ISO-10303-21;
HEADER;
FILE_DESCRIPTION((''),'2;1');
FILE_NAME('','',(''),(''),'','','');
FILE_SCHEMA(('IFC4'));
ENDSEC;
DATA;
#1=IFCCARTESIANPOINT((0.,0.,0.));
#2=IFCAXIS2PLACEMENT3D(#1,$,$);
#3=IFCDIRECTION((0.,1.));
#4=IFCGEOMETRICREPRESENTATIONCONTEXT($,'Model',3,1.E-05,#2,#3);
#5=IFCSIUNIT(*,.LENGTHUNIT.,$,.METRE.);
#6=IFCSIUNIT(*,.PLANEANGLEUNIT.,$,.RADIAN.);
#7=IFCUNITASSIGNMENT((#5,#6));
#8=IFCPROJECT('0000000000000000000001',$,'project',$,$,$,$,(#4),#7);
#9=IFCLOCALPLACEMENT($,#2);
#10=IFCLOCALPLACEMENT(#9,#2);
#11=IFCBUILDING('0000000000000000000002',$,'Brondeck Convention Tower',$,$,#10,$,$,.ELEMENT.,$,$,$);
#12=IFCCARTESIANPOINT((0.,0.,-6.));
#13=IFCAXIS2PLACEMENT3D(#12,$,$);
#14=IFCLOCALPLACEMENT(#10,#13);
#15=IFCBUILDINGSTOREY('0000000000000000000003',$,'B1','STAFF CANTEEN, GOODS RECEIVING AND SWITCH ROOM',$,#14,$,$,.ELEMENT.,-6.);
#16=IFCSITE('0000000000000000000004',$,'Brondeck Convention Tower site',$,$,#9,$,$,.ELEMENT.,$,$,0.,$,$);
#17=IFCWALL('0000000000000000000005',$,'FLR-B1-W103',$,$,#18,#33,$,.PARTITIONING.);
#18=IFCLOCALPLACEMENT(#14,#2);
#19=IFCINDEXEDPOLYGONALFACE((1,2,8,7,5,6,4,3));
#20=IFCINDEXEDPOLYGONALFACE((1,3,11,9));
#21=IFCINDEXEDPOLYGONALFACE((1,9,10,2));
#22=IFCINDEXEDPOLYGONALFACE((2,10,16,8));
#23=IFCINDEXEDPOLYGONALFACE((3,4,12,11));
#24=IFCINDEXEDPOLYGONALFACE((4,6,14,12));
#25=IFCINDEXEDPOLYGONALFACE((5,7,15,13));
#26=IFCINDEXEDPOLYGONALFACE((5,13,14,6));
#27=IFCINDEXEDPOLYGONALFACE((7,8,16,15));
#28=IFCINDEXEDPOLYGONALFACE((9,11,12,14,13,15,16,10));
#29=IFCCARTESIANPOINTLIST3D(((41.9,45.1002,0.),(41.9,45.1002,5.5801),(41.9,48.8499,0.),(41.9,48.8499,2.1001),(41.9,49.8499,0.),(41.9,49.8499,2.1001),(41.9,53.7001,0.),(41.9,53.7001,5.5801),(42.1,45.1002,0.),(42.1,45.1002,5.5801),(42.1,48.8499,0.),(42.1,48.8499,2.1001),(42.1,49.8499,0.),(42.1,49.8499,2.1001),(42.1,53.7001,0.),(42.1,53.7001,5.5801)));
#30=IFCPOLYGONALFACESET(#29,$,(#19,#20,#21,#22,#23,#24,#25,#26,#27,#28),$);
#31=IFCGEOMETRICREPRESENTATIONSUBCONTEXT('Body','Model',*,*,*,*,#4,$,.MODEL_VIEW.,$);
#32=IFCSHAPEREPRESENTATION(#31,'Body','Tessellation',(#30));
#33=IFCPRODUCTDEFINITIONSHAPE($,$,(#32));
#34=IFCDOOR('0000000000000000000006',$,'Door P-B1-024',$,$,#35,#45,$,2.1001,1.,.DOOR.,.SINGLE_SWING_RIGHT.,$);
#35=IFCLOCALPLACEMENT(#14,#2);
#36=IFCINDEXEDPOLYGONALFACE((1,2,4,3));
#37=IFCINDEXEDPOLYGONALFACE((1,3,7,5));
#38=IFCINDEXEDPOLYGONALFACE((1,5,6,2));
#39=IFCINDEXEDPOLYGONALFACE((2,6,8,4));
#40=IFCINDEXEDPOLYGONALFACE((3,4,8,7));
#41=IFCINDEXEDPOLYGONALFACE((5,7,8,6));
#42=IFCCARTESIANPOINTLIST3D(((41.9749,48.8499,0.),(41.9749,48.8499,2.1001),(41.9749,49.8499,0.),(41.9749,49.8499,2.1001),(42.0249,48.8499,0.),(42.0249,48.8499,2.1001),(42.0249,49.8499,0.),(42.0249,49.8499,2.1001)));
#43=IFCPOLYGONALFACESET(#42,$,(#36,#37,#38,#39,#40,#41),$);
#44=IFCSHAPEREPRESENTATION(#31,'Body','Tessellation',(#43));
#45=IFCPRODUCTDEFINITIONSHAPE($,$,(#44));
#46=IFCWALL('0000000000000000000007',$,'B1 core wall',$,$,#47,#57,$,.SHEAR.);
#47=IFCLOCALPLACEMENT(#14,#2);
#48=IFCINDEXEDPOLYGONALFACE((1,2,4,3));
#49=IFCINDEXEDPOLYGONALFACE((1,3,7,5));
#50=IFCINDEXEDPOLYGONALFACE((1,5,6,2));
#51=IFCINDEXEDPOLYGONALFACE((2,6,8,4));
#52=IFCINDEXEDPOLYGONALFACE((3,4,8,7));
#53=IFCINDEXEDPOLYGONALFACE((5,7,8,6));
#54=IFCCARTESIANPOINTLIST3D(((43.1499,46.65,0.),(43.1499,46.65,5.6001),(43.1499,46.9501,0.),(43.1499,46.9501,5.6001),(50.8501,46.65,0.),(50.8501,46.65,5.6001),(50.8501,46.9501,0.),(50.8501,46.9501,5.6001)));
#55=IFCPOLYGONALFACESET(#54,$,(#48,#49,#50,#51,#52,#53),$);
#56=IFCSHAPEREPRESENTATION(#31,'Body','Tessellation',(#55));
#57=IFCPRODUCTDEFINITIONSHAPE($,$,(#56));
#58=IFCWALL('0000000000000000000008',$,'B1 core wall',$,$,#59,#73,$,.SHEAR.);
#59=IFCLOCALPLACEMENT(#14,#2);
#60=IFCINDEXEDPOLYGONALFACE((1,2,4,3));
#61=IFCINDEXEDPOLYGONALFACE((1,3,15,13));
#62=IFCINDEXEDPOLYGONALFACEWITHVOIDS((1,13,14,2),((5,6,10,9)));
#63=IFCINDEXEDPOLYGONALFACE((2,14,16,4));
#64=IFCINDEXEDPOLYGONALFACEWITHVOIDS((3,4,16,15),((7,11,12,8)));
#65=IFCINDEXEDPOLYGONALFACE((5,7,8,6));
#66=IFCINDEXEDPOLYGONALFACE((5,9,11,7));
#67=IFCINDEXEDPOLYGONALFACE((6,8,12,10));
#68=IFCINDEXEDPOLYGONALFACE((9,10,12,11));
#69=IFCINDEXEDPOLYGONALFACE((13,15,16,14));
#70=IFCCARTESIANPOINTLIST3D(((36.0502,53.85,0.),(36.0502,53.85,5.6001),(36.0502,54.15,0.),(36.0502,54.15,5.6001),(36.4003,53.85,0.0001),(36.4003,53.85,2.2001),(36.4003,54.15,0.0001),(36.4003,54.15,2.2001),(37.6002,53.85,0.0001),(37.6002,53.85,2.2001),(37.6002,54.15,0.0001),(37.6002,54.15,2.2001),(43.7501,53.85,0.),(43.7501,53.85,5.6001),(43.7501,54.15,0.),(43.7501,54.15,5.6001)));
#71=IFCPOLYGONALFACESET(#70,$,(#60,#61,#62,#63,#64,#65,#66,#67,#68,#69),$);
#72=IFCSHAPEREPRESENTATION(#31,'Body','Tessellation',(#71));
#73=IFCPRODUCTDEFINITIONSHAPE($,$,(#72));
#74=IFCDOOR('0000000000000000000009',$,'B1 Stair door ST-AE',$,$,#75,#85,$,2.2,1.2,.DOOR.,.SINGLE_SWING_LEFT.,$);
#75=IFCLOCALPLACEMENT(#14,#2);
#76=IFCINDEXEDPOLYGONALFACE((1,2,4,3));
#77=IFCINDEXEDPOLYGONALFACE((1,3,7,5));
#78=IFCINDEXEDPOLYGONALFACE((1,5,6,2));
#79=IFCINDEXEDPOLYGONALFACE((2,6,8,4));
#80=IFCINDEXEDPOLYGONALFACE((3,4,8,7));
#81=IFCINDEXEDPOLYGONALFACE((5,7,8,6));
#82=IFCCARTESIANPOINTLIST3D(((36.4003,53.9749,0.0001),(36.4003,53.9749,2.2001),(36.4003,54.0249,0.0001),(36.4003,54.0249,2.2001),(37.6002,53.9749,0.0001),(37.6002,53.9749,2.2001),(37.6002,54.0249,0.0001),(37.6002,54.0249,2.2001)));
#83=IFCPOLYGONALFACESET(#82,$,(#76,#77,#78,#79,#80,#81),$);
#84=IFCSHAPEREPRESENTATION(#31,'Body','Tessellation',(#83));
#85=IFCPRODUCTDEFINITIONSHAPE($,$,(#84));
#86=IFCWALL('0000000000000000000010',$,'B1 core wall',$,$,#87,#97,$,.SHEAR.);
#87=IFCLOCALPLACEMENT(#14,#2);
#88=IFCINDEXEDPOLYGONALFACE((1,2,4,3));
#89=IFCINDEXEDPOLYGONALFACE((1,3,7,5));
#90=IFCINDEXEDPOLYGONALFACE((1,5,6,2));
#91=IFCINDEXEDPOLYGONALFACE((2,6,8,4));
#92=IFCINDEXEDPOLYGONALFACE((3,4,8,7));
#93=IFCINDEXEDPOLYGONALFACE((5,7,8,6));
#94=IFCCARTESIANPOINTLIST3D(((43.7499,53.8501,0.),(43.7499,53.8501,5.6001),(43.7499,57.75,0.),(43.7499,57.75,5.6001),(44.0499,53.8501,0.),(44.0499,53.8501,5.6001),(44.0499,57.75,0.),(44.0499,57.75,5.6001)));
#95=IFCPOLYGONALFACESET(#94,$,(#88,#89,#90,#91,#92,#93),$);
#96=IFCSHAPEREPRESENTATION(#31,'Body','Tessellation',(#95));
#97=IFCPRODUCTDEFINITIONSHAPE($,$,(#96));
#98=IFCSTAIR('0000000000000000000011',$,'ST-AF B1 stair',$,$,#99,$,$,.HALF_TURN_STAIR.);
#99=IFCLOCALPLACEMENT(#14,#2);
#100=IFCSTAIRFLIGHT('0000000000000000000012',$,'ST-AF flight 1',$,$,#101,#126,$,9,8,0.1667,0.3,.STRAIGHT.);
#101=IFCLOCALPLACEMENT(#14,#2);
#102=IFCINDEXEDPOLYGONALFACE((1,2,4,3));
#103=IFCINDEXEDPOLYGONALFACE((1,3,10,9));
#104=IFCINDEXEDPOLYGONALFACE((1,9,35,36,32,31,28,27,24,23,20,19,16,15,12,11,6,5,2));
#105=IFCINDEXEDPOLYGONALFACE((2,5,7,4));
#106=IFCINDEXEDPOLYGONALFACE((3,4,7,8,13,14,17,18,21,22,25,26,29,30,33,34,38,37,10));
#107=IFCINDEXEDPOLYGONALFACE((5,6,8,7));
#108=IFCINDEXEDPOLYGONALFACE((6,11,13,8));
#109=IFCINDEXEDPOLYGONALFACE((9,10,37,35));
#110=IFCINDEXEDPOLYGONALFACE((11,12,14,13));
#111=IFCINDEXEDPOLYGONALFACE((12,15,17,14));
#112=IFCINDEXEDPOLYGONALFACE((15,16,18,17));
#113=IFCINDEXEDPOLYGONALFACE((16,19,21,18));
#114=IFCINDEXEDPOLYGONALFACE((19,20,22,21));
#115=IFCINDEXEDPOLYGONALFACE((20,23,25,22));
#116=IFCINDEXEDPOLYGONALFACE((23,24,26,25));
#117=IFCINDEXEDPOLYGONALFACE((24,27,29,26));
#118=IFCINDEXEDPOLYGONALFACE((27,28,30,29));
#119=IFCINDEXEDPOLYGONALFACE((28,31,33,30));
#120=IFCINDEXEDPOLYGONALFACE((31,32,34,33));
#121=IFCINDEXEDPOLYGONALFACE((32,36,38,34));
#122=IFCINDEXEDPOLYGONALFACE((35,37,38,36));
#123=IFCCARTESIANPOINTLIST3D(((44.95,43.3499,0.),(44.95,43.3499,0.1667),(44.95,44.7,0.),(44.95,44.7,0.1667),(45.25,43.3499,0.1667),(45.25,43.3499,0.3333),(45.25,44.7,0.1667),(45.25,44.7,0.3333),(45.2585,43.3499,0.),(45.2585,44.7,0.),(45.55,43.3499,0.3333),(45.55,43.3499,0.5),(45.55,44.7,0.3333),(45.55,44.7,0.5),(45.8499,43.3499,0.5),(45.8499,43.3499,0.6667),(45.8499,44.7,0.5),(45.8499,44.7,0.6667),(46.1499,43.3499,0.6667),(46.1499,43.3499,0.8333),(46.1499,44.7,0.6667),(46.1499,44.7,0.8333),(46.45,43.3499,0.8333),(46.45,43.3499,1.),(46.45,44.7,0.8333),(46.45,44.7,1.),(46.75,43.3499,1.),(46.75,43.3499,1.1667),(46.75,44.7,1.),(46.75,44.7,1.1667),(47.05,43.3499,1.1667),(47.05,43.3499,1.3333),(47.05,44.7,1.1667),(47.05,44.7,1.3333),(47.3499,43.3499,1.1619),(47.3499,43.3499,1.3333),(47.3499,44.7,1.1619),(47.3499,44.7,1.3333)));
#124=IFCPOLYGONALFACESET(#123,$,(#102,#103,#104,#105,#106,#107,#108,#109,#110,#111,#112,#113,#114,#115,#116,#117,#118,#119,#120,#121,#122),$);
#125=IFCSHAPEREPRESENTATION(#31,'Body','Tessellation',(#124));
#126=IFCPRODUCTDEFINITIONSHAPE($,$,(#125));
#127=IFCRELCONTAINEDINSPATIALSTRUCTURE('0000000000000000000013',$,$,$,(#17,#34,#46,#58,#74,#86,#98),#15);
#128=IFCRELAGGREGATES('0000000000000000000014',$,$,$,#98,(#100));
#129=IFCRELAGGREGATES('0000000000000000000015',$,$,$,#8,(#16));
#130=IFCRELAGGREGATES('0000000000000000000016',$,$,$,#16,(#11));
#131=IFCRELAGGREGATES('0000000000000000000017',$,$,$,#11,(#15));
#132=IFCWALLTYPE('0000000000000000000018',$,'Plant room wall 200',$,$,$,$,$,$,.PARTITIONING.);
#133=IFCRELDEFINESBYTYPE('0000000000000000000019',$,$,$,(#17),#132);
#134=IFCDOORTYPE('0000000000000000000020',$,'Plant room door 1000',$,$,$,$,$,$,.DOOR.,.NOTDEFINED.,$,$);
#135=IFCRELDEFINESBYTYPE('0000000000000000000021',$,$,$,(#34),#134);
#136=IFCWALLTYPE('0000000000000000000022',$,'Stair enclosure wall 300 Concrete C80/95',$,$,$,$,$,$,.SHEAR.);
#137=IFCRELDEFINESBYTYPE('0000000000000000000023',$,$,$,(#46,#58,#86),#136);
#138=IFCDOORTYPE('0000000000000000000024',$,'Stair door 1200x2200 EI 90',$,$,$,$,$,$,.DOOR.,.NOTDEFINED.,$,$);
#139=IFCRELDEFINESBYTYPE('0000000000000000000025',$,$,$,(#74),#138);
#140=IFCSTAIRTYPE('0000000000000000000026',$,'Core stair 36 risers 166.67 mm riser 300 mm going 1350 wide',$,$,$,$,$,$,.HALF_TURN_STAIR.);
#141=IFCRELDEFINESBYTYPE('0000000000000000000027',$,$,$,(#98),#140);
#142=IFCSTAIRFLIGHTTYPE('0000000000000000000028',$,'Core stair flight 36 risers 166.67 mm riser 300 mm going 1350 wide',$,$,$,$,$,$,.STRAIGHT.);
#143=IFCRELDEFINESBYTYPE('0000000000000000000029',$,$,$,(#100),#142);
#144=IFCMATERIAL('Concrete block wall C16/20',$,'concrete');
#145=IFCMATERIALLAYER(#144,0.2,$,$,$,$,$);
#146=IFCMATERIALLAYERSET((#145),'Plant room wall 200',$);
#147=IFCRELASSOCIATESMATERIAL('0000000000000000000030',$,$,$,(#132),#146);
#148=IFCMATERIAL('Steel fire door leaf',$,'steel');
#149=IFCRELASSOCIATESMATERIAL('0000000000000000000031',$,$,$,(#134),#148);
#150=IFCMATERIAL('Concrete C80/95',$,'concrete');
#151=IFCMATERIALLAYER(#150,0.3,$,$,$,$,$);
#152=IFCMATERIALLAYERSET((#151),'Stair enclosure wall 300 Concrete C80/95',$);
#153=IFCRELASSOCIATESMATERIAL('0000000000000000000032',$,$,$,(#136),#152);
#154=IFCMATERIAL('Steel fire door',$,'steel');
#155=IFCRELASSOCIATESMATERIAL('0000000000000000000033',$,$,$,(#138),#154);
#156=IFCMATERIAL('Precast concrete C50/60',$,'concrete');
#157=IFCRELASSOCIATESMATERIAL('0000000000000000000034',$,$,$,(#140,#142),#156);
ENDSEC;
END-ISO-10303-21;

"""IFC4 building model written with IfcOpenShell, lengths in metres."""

from ifc_helpers import new_model, si_unit, direction, frame, frame_2d, origin, place, context, subcontext, project, spatial, polyline, rectangle, outline, extrude, material, layer, layer_set, type_object, element, fill, aggregate, save


model = new_model("IFC4")

# Units and contexts
model_context = context("Model", 3, precision=1e-05, world=origin(), true_north=direction((0.0, 1.0)))
body_context = subcontext(model_context, "Body", "Model", "MODEL_VIEW")
ifc_project = project(units=[si_unit("LENGTHUNIT", "METRE"), si_unit("PLANEANGLEUNIT", "RADIAN")], contexts=[model_context])

# Site, building, storey
site_placement = place(None, origin())
site = spatial("IfcSite", under=ifc_project, at=site_placement, Name="Brondeck Convention Tower site", CompositionType="ELEMENT", RefElevation=0.0)
building_placement = place(site_placement, origin())
building = spatial("IfcBuilding", under=site, at=building_placement, Name="Brondeck Convention Tower", CompositionType="ELEMENT")
storey_placement = place(building_placement, frame((0.0, 0.0, -6.0)))
storey = spatial("IfcBuildingStorey", under=building, at=storey_placement, Name="B1", Description="STAFF CANTEEN, GOODS RECEIVING AND SWITCH ROOM", CompositionType="ELEMENT", Elevation=-6.0)

# Shared definitions
ifc_material_1 = material(Name="Concrete block wall C16/20", Category="concrete")
ifc_layer_1 = layer(ifc_material_1, 0.2)
ifc_layer_set_1 = layer_set([ifc_layer_1], Name="Plant room wall 200")
wall_type_1 = type_object("IfcWallType", Name="Plant room wall 200", PredefinedType="PARTITIONING", material=ifc_layer_set_1)
ifc_material_2 = material(Name="Steel fire door leaf", Category="steel")
door_type_1 = type_object("IfcDoorType", Name="Plant room door 1000", OperationType="NOTDEFINED", PredefinedType="DOOR", material=ifc_material_2)

# Wall, opening, door
wall_1_placement = place(storey_placement, frame((42.0, 53.7, 0.0), z_axis=(0.0, 0.0, 1.0), x_axis=(0.0, -1.0, 0.0)))
wall_1 = element("IfcWall", 1, at=wall_1_placement, inside=storey, type_object=wall_type_1, Name="FLR-B1-W103", PredefinedType="PARTITIONING", context=body_context, shape_type="SweptSolid", body=[
    extrude(rectangle(XDim=8.5999, YDim=0.2, at=frame_2d((4.2998, 0.0))), origin(), (0.0, 0.0, 1.0), 5.5801),
])
opening_1_placement = place(wall_1_placement, frame((3.8501, 0.0, 0.0)))
opening_1 = element("IfcOpeningElement", 2, at=opening_1_placement, cuts=wall_1, PredefinedType="OPENING", context=body_context, shape_type="SweptSolid", body=[
    extrude(rectangle(XDim=1.0, YDim=2.1001, at=frame_2d((0.5, 1.05))), frame((0.0, 0.1099, 0.0), z_axis=(0.0, -1.0, 0.0), x_axis=(1.0, 0.0, 0.0)), (0.0, 0.0, 1.0), 0.22),
])
door_1_placement = place(opening_1_placement, origin())
door_1 = element("IfcDoor", 3, at=door_1_placement, inside=storey, type_object=door_type_1, Name="Door P-B1-024", OperationType="SINGLE_SWING_RIGHT", OverallHeight=2.1001, OverallWidth=1.0, PredefinedType="DOOR", context=body_context, shape_type="SweptSolid", body=[
    extrude(rectangle(XDim=1.0, YDim=2.1001, at=frame_2d((0.5, 1.05))), frame((0.0, 0.0249, 0.0), z_axis=(0.0, -1.0, 0.0), x_axis=(1.0, 0.0, 0.0)), (0.0, 0.0, 1.0), 0.05),
])
fill(opening_1, door_1)

# Wall
ifc_material_3 = material(Name="Concrete C80/95", Category="concrete")
ifc_layer_2 = layer(ifc_material_3, 0.3)
ifc_layer_set_2 = layer_set([ifc_layer_2], Name="Stair enclosure wall 300 Concrete C80/95")
wall_type_2 = type_object("IfcWallType", Name="Stair enclosure wall 300 Concrete C80/95", PredefinedType="SHEAR", material=ifc_layer_set_2)
wall_2_placement = place(storey_placement, frame((43.1499, 46.8, 0.0), z_axis=(0.0, 0.0, 1.0), x_axis=(1.0, 0.0, 0.0)))
element("IfcWall", 4, at=wall_2_placement, inside=storey, type_object=wall_type_2, Name="B1 core wall", PredefinedType="SHEAR", context=body_context, shape_type="SweptSolid", body=[
    extrude(rectangle(XDim=7.7002, YDim=0.3, at=frame_2d((3.8501, 0.0))), origin(), (0.0, 0.0, 1.0), 5.6001),
])

# Wall, opening, door
wall_3_placement = place(storey_placement, frame((36.05, 54.0, 0.0), z_axis=(0.0, 0.0, 1.0), x_axis=(1.0, 0.0, 0.0)))
wall_3 = element("IfcWall", 5, at=wall_3_placement, inside=storey, type_object=wall_type_2, Name="B1 core wall", PredefinedType="SHEAR", context=body_context, shape_type="SweptSolid", body=[
    extrude(rectangle(XDim=7.7, YDim=0.3, at=frame_2d((3.8501, 0.0))), origin(), (0.0, 0.0, 1.0), 5.6001),
])
opening_2_placement = place(wall_3_placement, frame((0.3501, 0.0, 0.0)))
opening_2 = element("IfcOpeningElement", 6, at=opening_2_placement, cuts=wall_3, PredefinedType="OPENING", context=body_context, shape_type="SweptSolid", body=[
    extrude(rectangle(XDim=1.2, YDim=2.2, at=frame_2d((0.6001, 1.1001))), frame((0.0, 0.1599, 0.0), z_axis=(0.0, -1.0, 0.0), x_axis=(1.0, 0.0, 0.0)), (0.0, 0.0, 1.0), 0.3201),
])
ifc_material_4 = material(Name="Steel fire door", Category="steel")
door_type_2 = type_object("IfcDoorType", Name="Stair door 1200x2200 EI 90", OperationType="NOTDEFINED", PredefinedType="DOOR", material=ifc_material_4)
door_2_placement = place(opening_2_placement, origin())
door_2 = element("IfcDoor", 7, at=door_2_placement, inside=storey, type_object=door_type_2, Name="B1 Stair door ST-AE", OperationType="SINGLE_SWING_LEFT", OverallHeight=2.2, OverallWidth=1.2, PredefinedType="DOOR", context=body_context, shape_type="SweptSolid", body=[
    extrude(rectangle(XDim=1.2, YDim=2.2, at=frame_2d((0.6001, 1.1001))), frame((0.0, 0.0249, 0.0), z_axis=(0.0, -1.0, 0.0), x_axis=(1.0, 0.0, 0.0)), (0.0, 0.0, 1.0), 0.05),
])
fill(opening_2, door_2)

# Wall
wall_4_placement = place(storey_placement, frame((43.8999, 53.8501, 0.0), z_axis=(0.0, 0.0, 1.0), x_axis=(0.0, 1.0, 0.0)))
element("IfcWall", 8, at=wall_4_placement, inside=storey, type_object=wall_type_2, Name="B1 core wall", PredefinedType="SHEAR", context=body_context, shape_type="SweptSolid", body=[
    extrude(rectangle(XDim=3.8999, YDim=0.3, at=frame_2d((1.95, 0.0))), origin(), (0.0, 0.0, 1.0), 5.6001),
])

# Stair, stair flight
ifc_material_5 = material(Name="Precast concrete C50/60", Category="concrete")
stair_type = type_object("IfcStairType", Name="Core stair 36 risers 166.67 mm riser 300 mm going 1350 wide", PredefinedType="HALF_TURN_STAIR", material=ifc_material_5)
stair_placement = place(storey_placement, origin())
stair = element("IfcStair", 9, at=stair_placement, inside=storey, type_object=stair_type, Name="ST-AF B1 stair", PredefinedType="HALF_TURN_STAIR")
stair_flight_type = type_object("IfcStairFlightType", Name="Core stair flight 36 risers 166.67 mm riser 300 mm going 1350 wide", PredefinedType="STRAIGHT", material=ifc_material_5)
stair_flight_placement = place(storey_placement, frame((44.95, 44.0249, 0.0), z_axis=(0.0, 0.0, 1.0), x_axis=(1.0, 0.0, 0.0)))
stair_flight = element("IfcStairFlight", 10, at=stair_flight_placement, type_object=stair_flight_type, Name="ST-AF flight 1", NumberOfRisers=9, NumberOfTreads=8, PredefinedType="STRAIGHT", RiserHeight=0.1667, TreadLength=0.3, context=body_context, shape_type="SweptSolid", body=[
    extrude(outline(polyline([(0.0, 0.0), (0.0, 0.1667), (0.3, 0.1667), (0.3, 0.3333), (0.6001, 0.3333), (0.6001, 0.5), (0.8999, 0.5), (0.8999, 0.6667), (1.2, 0.6667), (1.2, 0.8333), (1.5, 0.8333), (1.5, 1.0), (1.8, 1.0), (1.8, 1.1667), (2.1001, 1.1667), (2.1001, 1.3333), (2.3999, 1.3333), (2.3999, 1.5), (2.3999, 1.1619), (0.3086, 0.0), (0.0, 0.0)])), frame((0.0, 0.675, 0.0), z_axis=(0.0, -1.0, 0.0), x_axis=(1.0, 0.0, 0.0)), (0.0, 0.0, 1.0), 1.3501),
])
aggregate(stair, [stair_flight])

save(model, "model.ifc")
